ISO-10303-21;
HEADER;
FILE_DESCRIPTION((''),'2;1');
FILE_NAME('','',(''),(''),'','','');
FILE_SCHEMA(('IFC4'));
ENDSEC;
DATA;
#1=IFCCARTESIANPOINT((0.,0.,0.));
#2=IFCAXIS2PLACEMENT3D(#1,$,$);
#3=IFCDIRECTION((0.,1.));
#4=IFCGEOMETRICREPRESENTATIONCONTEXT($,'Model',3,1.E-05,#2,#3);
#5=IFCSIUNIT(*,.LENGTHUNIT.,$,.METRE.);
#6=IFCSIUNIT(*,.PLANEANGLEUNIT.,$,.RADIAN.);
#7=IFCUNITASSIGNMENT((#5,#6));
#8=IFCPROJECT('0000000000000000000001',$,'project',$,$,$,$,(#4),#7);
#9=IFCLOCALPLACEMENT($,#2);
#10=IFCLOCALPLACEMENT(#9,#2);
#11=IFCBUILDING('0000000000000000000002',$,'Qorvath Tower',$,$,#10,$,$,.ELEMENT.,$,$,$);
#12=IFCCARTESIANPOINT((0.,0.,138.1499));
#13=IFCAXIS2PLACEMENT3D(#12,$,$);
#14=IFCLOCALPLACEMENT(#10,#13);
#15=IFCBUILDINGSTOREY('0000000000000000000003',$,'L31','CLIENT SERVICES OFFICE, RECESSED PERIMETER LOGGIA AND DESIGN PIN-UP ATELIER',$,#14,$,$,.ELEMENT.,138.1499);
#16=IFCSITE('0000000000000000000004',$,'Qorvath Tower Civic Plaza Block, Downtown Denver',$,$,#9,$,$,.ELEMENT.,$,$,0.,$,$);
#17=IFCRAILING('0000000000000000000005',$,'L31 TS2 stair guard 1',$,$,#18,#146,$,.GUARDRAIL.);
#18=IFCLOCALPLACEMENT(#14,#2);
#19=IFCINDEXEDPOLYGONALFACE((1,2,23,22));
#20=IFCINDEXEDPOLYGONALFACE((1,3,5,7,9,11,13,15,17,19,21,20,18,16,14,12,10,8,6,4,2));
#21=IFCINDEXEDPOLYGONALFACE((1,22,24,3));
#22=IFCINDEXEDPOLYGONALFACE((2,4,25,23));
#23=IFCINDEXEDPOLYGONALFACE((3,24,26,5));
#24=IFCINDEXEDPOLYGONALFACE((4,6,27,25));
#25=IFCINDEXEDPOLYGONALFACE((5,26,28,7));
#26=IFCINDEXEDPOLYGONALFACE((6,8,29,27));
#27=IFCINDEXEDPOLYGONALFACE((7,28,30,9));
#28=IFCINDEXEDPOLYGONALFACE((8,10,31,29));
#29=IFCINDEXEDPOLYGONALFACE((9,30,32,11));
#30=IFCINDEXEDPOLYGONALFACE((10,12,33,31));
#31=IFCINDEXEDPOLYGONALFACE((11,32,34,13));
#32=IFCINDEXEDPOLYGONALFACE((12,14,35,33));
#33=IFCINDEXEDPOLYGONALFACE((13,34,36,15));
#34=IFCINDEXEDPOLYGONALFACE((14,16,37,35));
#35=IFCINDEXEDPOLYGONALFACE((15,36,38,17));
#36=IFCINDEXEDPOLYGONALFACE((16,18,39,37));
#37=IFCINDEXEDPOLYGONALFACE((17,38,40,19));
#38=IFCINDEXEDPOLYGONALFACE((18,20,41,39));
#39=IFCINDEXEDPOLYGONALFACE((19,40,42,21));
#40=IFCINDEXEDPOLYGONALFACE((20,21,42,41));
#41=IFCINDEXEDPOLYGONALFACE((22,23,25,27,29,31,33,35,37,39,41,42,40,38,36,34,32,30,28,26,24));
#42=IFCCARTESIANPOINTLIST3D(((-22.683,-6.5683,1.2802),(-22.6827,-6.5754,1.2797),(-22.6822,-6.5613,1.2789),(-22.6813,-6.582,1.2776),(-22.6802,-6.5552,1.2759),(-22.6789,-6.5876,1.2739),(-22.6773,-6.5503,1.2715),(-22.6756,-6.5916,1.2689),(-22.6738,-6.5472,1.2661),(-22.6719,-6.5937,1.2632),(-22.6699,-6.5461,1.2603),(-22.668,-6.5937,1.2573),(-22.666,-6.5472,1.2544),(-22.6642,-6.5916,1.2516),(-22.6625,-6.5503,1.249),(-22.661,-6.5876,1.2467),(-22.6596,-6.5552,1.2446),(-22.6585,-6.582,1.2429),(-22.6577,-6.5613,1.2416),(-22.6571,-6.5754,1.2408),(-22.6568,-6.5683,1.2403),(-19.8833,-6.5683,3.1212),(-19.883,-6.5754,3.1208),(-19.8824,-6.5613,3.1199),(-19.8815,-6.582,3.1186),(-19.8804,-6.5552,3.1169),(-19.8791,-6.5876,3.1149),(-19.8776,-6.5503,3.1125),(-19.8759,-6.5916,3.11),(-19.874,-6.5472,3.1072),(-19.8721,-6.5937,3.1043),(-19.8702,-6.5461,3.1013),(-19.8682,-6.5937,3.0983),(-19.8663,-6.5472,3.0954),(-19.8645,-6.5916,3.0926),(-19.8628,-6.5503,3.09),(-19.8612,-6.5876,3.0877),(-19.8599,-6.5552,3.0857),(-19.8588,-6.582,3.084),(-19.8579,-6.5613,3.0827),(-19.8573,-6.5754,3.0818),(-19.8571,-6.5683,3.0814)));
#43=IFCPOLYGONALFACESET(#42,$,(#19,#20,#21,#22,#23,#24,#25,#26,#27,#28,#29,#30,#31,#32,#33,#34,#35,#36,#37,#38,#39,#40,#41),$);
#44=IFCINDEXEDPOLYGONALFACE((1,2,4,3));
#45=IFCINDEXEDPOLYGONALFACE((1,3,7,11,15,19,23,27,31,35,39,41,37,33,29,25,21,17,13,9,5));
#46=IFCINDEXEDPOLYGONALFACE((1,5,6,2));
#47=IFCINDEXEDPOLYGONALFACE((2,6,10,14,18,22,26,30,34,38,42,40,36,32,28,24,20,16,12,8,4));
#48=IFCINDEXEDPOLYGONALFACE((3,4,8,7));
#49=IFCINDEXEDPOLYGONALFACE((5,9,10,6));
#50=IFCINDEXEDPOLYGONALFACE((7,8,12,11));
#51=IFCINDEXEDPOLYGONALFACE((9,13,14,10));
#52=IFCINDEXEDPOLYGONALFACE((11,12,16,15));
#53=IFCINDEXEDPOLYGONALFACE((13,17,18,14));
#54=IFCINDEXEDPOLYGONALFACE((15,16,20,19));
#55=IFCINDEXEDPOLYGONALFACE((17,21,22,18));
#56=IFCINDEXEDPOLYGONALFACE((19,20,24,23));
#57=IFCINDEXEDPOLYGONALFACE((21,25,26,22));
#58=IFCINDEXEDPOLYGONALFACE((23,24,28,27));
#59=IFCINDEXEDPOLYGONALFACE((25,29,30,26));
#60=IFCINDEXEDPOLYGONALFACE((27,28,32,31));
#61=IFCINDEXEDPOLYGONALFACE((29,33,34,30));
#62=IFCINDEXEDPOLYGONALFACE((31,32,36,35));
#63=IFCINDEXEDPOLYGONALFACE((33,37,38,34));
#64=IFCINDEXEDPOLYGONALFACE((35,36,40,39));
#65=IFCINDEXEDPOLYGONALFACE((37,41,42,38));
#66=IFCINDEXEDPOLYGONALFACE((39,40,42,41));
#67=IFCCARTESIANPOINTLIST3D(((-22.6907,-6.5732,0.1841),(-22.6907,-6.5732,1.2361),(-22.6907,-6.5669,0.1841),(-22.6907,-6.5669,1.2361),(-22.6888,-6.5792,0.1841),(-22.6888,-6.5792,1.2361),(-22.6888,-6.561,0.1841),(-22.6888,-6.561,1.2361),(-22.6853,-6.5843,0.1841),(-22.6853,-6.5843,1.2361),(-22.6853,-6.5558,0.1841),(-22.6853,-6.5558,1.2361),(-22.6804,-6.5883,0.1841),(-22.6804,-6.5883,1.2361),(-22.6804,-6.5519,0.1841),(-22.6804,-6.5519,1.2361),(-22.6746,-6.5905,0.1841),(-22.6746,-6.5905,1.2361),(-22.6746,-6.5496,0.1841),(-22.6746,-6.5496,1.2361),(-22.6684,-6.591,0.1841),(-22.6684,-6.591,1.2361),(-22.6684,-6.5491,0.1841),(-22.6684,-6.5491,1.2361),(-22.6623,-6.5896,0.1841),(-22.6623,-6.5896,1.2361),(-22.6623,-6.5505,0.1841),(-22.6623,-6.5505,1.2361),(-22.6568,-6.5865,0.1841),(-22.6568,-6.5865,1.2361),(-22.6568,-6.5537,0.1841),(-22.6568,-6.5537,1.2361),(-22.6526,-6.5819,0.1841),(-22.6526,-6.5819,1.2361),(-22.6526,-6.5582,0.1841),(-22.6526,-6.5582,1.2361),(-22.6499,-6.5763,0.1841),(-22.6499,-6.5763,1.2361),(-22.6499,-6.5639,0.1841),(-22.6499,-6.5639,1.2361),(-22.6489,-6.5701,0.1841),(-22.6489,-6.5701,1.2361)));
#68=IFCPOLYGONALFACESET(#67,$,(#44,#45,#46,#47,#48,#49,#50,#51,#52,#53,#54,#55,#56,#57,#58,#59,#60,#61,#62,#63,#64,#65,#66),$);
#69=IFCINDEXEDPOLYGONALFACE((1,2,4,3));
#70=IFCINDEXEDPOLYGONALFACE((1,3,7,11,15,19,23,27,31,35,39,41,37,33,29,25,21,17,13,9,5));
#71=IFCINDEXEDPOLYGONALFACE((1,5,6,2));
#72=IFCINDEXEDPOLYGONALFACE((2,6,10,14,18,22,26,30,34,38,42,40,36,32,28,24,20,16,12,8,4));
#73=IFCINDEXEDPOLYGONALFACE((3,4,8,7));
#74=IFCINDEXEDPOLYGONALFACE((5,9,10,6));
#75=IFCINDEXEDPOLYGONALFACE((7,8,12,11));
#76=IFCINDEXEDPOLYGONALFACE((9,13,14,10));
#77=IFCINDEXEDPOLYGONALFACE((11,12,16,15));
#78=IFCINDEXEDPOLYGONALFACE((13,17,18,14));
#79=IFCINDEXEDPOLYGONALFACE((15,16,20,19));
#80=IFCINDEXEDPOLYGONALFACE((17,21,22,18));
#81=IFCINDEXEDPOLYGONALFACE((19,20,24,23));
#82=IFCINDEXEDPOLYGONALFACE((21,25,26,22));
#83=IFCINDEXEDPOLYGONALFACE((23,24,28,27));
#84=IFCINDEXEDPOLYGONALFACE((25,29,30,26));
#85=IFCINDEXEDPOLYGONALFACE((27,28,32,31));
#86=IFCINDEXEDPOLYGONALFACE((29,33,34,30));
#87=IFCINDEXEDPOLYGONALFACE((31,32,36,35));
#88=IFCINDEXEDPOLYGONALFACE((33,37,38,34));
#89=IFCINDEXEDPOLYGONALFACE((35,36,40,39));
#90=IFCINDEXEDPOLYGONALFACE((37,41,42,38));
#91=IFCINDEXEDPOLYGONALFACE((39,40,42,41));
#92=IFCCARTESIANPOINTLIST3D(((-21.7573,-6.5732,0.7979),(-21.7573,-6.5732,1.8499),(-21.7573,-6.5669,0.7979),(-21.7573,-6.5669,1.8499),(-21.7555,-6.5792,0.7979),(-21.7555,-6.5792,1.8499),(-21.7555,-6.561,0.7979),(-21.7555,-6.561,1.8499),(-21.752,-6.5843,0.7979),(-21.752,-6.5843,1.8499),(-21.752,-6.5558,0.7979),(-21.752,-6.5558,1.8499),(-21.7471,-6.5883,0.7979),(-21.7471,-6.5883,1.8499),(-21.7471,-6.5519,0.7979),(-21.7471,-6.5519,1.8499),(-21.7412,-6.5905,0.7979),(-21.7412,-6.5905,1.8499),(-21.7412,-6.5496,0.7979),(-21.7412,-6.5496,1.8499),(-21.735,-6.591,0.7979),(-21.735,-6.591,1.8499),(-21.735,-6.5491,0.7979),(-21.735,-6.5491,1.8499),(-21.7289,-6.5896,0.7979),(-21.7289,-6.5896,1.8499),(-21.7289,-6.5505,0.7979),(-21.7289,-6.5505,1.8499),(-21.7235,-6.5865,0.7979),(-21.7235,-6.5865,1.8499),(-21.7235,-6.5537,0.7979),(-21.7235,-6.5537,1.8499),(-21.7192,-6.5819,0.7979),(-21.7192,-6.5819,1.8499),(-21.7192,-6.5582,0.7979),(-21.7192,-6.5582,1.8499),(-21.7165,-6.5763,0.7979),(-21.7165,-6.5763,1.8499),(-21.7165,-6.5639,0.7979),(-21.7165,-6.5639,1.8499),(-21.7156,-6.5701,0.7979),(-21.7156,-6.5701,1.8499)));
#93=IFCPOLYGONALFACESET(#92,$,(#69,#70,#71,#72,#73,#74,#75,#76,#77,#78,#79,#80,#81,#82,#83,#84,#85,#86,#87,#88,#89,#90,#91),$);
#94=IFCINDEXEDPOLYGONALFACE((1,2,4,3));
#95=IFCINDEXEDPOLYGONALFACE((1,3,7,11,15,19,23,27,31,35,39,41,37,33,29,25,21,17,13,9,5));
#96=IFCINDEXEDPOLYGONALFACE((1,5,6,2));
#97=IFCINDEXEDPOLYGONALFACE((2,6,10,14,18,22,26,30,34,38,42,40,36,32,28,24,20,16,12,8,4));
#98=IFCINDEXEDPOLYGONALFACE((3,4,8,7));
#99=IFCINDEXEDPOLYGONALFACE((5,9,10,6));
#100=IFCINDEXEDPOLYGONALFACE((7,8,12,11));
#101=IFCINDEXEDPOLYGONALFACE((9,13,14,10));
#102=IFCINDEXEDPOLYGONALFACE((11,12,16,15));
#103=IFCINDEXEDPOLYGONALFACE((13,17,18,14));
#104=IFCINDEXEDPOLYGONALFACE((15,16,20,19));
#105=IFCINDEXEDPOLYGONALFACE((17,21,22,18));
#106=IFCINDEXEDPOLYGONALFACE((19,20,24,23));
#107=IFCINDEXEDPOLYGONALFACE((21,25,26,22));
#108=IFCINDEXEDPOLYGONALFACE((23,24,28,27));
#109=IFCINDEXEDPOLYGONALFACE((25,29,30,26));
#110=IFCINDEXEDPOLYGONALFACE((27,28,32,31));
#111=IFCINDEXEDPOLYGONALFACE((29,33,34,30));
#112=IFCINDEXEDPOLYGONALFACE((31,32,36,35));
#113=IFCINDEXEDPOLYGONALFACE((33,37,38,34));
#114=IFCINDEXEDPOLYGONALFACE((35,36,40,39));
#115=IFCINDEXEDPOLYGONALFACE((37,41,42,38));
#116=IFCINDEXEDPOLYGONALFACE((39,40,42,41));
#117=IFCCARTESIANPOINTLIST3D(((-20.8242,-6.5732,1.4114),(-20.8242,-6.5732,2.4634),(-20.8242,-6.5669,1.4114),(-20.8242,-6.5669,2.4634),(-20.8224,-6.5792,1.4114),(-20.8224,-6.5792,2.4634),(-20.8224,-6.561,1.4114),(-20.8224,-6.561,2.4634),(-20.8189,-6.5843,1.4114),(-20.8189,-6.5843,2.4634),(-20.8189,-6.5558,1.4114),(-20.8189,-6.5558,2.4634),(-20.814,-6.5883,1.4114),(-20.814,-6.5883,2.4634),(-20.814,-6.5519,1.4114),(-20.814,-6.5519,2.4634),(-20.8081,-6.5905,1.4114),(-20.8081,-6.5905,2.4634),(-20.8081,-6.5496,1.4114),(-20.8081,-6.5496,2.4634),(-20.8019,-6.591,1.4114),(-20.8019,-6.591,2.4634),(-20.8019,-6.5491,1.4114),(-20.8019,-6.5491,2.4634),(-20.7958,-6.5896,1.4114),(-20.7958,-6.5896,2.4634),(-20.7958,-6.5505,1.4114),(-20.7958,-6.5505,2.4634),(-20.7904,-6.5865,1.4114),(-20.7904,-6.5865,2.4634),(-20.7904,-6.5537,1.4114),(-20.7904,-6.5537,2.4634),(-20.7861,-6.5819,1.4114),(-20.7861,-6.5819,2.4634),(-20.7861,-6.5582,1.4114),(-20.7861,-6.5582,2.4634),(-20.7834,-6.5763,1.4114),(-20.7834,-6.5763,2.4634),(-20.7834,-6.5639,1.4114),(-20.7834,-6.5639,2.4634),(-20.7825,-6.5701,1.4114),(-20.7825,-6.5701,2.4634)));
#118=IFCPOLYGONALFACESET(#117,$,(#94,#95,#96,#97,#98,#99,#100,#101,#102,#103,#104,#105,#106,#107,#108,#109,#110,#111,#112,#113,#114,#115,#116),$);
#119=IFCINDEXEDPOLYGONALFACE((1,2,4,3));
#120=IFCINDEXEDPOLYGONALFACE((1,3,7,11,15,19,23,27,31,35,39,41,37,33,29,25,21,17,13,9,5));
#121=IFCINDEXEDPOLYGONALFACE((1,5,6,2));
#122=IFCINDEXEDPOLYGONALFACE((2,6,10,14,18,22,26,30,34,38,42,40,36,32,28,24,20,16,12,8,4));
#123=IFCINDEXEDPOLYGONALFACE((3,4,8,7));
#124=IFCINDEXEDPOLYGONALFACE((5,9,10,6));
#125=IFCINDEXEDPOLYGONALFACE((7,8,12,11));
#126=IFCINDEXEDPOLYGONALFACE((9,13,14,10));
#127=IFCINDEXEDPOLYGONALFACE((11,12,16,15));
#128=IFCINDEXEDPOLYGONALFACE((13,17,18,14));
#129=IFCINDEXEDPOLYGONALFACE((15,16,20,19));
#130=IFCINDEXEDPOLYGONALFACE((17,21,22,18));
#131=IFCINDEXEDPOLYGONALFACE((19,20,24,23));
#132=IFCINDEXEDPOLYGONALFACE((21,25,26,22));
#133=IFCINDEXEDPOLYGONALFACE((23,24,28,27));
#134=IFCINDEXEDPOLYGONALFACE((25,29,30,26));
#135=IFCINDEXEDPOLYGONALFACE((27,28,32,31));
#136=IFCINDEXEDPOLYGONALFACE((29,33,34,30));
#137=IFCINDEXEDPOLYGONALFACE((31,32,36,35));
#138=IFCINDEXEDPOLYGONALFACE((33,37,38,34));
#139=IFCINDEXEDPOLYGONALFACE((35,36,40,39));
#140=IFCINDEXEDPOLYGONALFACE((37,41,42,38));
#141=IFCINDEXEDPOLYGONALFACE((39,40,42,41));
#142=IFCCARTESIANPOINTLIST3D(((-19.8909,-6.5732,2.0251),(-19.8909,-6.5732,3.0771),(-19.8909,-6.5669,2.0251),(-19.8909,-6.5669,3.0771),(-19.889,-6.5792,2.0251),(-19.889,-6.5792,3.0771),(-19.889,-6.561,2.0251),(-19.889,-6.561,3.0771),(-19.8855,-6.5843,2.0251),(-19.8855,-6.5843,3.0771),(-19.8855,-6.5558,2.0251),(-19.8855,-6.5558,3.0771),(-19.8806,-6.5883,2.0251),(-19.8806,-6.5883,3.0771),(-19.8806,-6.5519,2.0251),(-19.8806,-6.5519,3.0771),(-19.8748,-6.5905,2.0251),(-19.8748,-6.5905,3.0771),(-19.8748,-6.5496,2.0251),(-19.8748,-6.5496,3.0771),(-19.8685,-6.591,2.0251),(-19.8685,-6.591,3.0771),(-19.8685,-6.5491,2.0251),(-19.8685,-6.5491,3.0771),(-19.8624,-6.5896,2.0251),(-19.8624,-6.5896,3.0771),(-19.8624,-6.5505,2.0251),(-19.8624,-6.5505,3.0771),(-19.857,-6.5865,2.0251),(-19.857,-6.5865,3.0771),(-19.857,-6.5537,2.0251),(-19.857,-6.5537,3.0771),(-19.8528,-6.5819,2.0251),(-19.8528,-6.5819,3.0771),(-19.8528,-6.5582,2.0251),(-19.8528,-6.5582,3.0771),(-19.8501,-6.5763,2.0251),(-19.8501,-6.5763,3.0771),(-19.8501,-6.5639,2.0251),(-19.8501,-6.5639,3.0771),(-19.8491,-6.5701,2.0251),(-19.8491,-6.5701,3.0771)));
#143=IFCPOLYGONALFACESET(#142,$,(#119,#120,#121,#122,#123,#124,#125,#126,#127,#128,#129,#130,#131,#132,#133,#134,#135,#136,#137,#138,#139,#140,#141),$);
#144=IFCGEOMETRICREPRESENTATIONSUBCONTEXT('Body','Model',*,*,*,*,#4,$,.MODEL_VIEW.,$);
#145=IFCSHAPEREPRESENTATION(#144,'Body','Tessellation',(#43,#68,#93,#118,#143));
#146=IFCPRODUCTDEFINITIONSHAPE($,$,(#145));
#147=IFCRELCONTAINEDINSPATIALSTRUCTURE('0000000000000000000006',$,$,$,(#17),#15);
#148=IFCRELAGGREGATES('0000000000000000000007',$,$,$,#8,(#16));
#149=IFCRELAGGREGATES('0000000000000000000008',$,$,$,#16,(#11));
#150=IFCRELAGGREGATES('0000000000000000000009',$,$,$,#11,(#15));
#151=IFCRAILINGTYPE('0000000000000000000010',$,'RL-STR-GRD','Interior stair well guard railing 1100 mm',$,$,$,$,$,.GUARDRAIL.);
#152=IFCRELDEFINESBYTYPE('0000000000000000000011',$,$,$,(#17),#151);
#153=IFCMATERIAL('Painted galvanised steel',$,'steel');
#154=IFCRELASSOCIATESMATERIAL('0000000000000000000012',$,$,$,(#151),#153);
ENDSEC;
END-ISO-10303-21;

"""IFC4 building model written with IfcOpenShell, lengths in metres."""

from ifc_helpers import new_model, si_unit, direction, frame, origin, origin_2d, place, context, subcontext, project, spatial, circle, extrude, material, type_object, element, save


model = new_model("IFC4")

# Units and contexts
model_context = context("Model", 3, precision=1e-05, world=origin(), true_north=direction((0.0, 1.0)))
body_context = subcontext(model_context, "Body", "Model", "MODEL_VIEW")
ifc_project = project(units=[si_unit("LENGTHUNIT", "METRE"), si_unit("PLANEANGLEUNIT", "RADIAN")], contexts=[model_context])

# Site, building, storey
site_placement = place(None, origin())
site = spatial("IfcSite", under=ifc_project, at=site_placement, Name="Qorvath Tower Civic Plaza Block, Downtown Denver", CompositionType="ELEMENT", RefElevation=0.0)
building_placement = place(site_placement, origin())
building = spatial("IfcBuilding", under=site, at=building_placement, Name="Qorvath Tower", CompositionType="ELEMENT")
storey_placement = place(building_placement, frame((0.0, 0.0, 138.1499)))
storey = spatial("IfcBuildingStorey", under=building, at=storey_placement, Name="L31", Description="CLIENT SERVICES OFFICE, RECESSED PERIMETER LOGGIA AND DESIGN PIN-UP ATELIER", CompositionType="ELEMENT", Elevation=138.1499)

# Railing
ifc_material_1 = material(Name="Painted galvanised steel", Category="steel")
railing_type = type_object("IfcRailingType", Name="RL-STR-GRD", Description="Interior stair well guard railing 1100 mm", PredefinedType="GUARDRAIL", material=ifc_material_1)
railing_1_placement = place(storey_placement, frame((-22.6699, -6.5701, 0.1841)))
element("IfcRailing", 1, at=railing_1_placement, inside=storey, type_object=railing_type, Name="L31 TS2 stair guard 1", PredefinedType="GUARDRAIL", context=body_context, shape_type="SweptSolid", body=[
    extrude(circle(Radius=0.0239, at=origin_2d()), frame((0.0, 0.0, 1.0762), z_axis=(0.835542, 0.0, 0.549426), x_axis=(0.0, 1.0, 0.0)), (0.0, 0.0, 1.0), 3.3508),
    extrude(circle(Radius=0.021, at=origin_2d()), origin(), (0.0, 0.0, 1.0), 1.052),
    extrude(circle(Radius=0.021, at=origin_2d()), frame((0.9333, 0.0, 0.6138)), (0.0, 0.0, 1.0), 1.052),
    extrude(circle(Radius=0.021, at=origin_2d()), frame((1.8665, 0.0, 1.2273)), (0.0, 0.0, 1.0), 1.052),
    extrude(circle(Radius=0.021, at=origin_2d()), frame((2.7998, 0.0, 1.8411)), (0.0, 0.0, 1.0), 1.052),
])

save(model, "model.ifc")
